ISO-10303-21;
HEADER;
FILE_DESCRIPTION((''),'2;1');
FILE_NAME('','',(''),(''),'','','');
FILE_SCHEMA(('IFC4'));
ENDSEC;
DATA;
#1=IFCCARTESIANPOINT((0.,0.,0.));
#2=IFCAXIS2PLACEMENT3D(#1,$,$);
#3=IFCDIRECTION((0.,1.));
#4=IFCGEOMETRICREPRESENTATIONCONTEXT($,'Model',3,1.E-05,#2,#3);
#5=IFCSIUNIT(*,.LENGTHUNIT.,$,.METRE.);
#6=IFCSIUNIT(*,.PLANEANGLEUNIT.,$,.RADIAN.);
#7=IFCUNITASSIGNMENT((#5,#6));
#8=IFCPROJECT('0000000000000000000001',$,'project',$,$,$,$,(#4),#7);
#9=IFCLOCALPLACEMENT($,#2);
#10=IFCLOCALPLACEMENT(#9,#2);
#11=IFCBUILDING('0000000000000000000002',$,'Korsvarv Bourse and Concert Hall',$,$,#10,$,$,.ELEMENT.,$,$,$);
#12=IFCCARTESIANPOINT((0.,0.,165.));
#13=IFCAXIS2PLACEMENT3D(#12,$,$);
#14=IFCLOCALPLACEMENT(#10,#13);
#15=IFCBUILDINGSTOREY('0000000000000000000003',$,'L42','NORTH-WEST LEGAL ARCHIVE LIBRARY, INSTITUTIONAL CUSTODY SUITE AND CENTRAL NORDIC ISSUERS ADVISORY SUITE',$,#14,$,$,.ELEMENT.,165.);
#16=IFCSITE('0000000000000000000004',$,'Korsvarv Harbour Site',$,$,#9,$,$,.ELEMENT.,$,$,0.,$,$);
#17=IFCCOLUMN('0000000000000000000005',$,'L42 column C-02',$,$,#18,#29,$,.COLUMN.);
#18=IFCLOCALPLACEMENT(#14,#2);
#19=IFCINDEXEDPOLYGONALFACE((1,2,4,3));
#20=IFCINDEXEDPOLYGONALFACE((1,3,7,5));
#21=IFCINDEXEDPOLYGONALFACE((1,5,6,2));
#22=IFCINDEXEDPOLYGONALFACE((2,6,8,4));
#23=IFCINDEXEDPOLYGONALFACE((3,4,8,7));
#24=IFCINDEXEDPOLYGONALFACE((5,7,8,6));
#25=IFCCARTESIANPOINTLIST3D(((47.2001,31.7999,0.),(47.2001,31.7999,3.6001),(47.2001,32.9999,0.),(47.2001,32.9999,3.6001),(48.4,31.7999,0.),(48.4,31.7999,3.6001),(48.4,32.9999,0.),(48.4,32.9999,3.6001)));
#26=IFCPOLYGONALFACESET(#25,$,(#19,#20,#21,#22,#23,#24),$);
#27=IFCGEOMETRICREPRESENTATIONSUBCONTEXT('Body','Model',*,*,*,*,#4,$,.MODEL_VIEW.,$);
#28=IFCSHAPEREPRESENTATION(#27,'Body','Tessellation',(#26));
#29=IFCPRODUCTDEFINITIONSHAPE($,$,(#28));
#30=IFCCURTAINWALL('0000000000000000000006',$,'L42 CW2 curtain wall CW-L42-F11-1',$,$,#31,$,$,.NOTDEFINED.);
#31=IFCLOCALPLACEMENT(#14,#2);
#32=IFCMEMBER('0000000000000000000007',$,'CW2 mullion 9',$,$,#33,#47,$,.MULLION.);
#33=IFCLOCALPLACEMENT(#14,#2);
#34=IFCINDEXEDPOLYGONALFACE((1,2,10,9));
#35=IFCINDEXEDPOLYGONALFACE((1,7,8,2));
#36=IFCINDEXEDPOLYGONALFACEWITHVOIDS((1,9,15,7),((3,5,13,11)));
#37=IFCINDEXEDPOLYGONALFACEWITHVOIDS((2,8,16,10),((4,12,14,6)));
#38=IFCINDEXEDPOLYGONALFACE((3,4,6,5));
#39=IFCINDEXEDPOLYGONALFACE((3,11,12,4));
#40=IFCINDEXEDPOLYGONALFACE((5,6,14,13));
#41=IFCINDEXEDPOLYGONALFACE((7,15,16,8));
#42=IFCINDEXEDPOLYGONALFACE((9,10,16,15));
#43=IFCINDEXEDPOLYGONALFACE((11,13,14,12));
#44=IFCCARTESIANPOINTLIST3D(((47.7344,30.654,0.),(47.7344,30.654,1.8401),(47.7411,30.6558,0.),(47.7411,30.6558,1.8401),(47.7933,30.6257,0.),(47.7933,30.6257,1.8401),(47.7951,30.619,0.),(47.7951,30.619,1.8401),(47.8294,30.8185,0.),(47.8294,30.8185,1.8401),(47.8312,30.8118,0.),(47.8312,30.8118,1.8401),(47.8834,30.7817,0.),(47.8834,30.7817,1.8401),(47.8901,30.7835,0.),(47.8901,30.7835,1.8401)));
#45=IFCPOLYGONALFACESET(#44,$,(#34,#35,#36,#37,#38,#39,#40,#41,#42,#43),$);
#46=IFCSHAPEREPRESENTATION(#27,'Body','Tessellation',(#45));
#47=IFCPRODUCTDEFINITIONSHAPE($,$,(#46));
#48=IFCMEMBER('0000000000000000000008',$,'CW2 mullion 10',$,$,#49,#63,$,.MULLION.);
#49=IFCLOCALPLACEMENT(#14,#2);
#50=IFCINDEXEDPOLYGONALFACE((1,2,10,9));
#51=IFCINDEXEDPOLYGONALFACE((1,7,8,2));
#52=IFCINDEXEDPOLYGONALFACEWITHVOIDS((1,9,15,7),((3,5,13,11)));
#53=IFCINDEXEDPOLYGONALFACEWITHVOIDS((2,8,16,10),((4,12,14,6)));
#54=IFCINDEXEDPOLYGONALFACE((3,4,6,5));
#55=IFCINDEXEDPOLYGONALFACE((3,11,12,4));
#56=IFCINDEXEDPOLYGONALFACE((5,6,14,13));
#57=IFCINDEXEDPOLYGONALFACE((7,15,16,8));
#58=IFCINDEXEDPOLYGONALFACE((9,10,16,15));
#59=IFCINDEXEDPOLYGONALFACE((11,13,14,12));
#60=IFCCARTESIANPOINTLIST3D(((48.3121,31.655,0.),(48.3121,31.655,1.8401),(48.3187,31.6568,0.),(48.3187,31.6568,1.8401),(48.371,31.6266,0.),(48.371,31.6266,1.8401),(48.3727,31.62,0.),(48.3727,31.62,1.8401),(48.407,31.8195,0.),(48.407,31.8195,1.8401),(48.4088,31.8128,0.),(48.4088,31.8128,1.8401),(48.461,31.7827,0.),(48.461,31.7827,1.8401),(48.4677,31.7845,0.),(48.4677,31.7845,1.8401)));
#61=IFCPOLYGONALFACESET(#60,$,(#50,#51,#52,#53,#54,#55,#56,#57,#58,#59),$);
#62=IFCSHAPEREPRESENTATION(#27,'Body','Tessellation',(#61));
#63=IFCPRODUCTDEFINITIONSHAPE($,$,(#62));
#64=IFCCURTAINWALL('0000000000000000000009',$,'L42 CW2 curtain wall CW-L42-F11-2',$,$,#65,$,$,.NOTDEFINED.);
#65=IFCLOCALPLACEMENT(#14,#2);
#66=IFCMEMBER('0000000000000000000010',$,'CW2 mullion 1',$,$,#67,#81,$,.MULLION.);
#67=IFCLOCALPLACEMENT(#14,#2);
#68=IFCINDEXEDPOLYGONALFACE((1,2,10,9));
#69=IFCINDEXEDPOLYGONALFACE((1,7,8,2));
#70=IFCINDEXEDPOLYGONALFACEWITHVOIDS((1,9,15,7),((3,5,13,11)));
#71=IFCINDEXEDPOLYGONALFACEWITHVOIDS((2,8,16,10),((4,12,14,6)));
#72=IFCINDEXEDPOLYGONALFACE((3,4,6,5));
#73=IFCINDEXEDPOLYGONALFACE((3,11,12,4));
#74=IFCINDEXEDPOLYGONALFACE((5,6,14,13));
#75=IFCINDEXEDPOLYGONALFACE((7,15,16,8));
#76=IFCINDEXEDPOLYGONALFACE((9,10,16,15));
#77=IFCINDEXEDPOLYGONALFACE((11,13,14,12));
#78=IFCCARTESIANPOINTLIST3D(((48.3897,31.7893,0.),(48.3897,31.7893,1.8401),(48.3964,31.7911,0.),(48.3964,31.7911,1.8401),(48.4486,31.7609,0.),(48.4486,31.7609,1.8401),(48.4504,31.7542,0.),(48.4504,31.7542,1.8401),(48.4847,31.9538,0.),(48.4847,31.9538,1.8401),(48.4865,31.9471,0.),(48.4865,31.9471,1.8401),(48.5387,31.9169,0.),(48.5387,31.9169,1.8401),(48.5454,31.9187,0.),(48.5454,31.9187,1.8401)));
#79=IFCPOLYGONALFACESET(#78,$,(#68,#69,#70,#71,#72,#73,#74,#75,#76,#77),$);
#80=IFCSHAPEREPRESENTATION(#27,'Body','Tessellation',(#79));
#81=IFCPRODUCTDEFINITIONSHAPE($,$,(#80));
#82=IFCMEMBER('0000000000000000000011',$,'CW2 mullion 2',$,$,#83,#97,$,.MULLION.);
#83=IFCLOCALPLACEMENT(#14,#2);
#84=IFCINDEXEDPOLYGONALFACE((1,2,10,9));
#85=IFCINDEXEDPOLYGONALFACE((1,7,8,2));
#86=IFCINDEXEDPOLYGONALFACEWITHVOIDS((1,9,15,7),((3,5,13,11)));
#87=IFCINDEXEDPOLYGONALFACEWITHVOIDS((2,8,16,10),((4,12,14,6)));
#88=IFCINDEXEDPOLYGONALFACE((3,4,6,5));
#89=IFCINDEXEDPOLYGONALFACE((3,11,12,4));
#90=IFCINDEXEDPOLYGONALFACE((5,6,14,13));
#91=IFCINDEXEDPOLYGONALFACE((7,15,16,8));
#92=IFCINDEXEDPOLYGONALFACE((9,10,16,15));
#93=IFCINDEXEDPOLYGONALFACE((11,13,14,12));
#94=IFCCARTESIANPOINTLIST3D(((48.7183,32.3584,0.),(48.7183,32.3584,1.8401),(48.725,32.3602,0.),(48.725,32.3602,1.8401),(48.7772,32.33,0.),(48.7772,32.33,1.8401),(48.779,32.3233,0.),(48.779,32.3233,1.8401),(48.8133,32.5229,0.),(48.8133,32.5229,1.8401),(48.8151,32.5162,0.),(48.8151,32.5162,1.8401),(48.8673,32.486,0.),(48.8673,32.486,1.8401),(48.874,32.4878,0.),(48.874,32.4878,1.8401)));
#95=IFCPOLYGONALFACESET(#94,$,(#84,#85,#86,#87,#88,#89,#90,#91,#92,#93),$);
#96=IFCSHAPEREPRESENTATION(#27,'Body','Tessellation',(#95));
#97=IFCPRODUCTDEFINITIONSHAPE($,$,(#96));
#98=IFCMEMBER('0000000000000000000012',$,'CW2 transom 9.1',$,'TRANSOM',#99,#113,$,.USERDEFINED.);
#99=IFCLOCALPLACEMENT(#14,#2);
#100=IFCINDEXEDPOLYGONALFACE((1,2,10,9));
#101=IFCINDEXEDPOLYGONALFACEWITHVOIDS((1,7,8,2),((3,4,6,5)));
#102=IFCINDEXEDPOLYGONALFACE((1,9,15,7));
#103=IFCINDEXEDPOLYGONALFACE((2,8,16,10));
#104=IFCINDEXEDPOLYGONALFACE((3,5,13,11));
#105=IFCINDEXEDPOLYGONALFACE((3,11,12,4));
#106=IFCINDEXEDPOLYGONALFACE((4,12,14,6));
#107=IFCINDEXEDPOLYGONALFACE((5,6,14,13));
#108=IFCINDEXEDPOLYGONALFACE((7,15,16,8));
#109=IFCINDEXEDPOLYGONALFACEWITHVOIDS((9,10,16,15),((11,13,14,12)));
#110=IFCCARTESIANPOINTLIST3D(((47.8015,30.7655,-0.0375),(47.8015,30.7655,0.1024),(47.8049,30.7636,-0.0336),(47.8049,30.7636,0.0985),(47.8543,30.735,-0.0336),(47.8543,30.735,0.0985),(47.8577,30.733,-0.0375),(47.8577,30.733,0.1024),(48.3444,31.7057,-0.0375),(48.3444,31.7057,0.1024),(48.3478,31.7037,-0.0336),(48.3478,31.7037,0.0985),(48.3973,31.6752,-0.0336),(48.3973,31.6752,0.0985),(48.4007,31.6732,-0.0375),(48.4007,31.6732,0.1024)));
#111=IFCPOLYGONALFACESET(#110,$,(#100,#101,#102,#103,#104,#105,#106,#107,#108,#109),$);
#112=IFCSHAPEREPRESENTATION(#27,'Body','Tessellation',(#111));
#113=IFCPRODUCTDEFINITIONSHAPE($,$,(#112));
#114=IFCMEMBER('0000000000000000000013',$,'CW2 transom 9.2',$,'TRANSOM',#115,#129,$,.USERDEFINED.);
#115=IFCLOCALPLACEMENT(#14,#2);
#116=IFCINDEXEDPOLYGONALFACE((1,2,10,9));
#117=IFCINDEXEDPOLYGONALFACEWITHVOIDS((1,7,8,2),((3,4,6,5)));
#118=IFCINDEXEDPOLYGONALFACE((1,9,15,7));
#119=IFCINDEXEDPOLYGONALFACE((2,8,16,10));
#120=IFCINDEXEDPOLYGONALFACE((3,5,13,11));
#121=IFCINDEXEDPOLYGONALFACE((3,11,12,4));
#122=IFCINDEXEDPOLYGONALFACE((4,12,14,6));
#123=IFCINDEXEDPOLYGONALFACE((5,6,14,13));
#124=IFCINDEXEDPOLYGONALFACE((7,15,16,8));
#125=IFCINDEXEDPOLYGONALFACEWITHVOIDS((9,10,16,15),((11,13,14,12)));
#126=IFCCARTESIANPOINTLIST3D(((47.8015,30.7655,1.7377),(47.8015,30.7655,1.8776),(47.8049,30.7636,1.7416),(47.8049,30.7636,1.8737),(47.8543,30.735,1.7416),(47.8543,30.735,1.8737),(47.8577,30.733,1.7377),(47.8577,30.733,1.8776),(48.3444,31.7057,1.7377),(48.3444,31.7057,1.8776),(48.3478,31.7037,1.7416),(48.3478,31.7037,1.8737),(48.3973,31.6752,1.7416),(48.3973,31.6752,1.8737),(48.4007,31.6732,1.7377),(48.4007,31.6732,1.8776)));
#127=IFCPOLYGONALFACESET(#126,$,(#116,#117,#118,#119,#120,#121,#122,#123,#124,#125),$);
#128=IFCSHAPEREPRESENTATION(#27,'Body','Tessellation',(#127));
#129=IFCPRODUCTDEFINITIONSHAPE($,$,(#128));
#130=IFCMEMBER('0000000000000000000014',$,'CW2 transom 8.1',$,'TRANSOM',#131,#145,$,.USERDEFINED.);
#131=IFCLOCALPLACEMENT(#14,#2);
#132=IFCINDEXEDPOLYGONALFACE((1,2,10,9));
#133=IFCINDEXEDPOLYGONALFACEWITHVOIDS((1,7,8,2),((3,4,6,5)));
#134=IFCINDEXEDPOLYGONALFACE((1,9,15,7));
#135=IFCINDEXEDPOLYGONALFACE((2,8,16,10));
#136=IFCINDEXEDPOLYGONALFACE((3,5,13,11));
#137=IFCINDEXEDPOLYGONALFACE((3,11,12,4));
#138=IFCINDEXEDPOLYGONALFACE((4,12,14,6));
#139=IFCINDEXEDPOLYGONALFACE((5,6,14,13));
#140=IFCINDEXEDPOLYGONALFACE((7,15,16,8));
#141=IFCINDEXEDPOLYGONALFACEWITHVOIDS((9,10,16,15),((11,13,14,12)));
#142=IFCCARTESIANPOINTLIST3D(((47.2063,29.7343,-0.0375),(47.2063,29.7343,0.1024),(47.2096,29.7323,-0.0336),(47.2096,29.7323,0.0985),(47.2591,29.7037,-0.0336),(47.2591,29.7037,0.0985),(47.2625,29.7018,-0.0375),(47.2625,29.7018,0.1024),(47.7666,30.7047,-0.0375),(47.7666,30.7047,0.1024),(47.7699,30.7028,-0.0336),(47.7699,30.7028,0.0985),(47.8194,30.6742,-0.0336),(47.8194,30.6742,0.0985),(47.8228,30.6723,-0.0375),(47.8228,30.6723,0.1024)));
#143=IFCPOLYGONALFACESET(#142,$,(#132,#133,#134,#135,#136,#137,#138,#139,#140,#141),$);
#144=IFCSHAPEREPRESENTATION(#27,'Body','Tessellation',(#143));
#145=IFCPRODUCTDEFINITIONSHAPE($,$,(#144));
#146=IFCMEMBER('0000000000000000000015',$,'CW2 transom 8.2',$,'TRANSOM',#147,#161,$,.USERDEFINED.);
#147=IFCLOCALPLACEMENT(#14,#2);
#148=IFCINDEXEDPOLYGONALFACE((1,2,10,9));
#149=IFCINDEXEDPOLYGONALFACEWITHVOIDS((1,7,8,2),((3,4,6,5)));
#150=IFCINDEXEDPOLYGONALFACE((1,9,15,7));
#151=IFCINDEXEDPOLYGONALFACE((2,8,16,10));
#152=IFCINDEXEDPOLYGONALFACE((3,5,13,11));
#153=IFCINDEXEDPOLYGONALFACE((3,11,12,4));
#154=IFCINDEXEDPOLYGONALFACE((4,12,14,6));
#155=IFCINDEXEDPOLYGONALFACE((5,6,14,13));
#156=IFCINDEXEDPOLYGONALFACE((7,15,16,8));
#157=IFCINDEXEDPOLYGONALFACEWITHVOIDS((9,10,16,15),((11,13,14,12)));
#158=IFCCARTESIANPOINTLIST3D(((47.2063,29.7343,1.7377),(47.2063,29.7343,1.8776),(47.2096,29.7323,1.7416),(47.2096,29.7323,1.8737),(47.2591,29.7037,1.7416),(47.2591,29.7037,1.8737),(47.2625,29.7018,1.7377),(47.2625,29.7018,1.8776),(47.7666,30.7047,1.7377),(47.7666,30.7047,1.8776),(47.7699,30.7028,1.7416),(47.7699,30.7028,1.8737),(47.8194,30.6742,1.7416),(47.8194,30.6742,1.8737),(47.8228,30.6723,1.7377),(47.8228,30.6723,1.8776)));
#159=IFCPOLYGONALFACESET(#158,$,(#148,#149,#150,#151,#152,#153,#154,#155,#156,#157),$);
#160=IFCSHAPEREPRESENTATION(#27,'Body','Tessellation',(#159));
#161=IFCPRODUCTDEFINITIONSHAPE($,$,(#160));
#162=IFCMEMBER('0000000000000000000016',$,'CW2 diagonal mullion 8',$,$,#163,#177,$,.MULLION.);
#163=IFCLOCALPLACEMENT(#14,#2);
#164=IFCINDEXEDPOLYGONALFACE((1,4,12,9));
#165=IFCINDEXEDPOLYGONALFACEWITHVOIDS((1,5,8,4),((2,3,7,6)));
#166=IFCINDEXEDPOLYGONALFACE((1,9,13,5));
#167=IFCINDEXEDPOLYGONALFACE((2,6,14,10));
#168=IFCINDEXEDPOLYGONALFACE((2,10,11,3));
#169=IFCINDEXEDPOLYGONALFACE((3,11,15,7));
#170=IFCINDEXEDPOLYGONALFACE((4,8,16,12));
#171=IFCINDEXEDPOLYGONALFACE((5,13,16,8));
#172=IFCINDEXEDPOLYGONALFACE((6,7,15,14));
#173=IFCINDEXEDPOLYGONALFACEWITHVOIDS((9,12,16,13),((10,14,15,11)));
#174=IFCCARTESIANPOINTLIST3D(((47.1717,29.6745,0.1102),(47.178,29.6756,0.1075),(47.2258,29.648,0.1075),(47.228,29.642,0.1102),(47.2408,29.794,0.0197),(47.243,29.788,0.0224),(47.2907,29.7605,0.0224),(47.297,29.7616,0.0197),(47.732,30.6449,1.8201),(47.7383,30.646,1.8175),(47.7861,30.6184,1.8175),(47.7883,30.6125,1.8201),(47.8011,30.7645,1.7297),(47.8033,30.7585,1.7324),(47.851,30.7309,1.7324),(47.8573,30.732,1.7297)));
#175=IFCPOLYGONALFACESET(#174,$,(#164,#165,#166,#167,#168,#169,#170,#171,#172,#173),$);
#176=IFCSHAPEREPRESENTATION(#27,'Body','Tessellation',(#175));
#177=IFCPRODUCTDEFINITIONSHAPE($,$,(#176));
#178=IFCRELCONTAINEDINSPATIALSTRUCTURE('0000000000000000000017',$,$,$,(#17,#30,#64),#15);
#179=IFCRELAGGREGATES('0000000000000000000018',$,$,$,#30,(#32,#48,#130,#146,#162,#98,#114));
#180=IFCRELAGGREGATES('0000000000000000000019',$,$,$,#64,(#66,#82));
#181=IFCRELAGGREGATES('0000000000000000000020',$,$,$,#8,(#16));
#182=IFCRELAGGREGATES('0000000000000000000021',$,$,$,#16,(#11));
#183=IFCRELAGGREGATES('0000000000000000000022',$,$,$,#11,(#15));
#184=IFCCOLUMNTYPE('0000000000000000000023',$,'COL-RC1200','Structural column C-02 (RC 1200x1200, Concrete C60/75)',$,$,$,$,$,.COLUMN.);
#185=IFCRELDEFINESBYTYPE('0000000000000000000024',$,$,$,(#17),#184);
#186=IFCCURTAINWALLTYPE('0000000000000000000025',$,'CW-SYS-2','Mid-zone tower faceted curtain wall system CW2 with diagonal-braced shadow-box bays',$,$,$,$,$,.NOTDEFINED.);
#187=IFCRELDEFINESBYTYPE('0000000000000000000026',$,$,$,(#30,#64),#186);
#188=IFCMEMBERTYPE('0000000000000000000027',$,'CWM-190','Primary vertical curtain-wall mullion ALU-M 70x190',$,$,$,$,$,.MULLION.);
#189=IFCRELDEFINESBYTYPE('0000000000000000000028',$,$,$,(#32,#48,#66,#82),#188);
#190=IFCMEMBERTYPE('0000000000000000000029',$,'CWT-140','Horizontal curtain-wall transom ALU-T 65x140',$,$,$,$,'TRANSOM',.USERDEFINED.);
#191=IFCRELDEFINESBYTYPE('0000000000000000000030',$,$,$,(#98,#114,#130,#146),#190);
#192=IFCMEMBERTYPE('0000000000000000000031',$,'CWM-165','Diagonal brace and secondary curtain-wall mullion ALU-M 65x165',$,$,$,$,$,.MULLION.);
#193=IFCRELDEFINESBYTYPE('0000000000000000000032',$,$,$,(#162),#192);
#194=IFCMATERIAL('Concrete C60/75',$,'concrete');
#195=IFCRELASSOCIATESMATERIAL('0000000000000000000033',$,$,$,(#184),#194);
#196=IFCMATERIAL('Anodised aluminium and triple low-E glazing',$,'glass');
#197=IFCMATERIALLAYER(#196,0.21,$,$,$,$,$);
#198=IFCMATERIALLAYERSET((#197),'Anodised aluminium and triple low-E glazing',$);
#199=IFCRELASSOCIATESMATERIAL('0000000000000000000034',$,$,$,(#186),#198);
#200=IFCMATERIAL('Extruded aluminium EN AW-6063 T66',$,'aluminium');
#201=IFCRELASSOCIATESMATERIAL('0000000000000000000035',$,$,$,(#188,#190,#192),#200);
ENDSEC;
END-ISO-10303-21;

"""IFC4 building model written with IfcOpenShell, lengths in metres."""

from ifc_helpers import new_model, si_unit, direction, frame, origin, origin_2d, place, context, subcontext, project, spatial, rectangle, hollow_rectangle, extrude, source, transform, mapped, material, layer, layer_set, material_profile, profile_set, type_object, element, aggregate, save


model = new_model("IFC4")

# Units and contexts
model_context = context("Model", 3, precision=1e-05, world=origin(), true_north=direction((0.0, 1.0)))
body_context = subcontext(model_context, "Body", "Model", "MODEL_VIEW")
ifc_project = project(units=[si_unit("LENGTHUNIT", "METRE"), si_unit("PLANEANGLEUNIT", "RADIAN")], contexts=[model_context])

# Site, building, storey
site_placement = place(None, origin())
site = spatial("IfcSite", under=ifc_project, at=site_placement, Name="Korsvarv Harbour Site", CompositionType="ELEMENT", RefElevation=0.0)
building_placement = place(site_placement, origin())
building = spatial("IfcBuilding", under=site, at=building_placement, Name="Korsvarv Bourse and Concert Hall", CompositionType="ELEMENT")
storey_placement = place(building_placement, frame((0.0, 0.0, 165.0)))
storey = spatial("IfcBuildingStorey", under=building, at=storey_placement, Name="L42", Description="NORTH-WEST LEGAL ARCHIVE LIBRARY, INSTITUTIONAL CUSTODY SUITE AND CENTRAL NORDIC ISSUERS ADVISORY SUITE", CompositionType="ELEMENT", Elevation=165.0)

# Column
ifc_material_1 = material(Name="Concrete C60/75", Category="concrete")
ifc_material_profile_1 = material_profile(ifc_material_1, rectangle(XDim=1.2, YDim=1.2, at=origin_2d()), Name="RC 1200x1200")
ifc_profile_set_1 = profile_set([ifc_material_profile_1], Name="Concrete C60/75")
column_type = type_object("IfcColumnType", Name="COL-RC1200", Description="Structural column C-02 (RC 1200x1200, Concrete C60/75)", PredefinedType="COLUMN", material=ifc_profile_set_1)
shared_shape_1 = source(origin(), body_context, "Body", "SweptSolid", [
    extrude(rectangle(XDim=1.2, YDim=1.2, at=origin_2d()), origin(), (0.0, 0.0, 1.0), 3.6001),
])
column_placement = place(storey_placement, frame((47.8, 32.3999, 0.0), z_axis=(0.0, 0.0, 1.0), x_axis=(1.0, 0.0, 0.0)))
element("IfcColumn", 1, at=column_placement, inside=storey, type_object=column_type, Name="L42 column C-02", PredefinedType="COLUMN", context=body_context, shape_type="MappedRepresentation", body=[
    mapped(shared_shape_1, transform((0.0, 0.0, 0.0), scale=1.0)),
])

# Curtain walls, members
ifc_material_2 = material(Name="Anodised aluminium and triple low-E glazing", Category="glass")
ifc_layer_1 = layer(ifc_material_2, 0.21)
ifc_layer_set_1 = layer_set([ifc_layer_1], Name="Anodised aluminium and triple low-E glazing")
curtain_wall_type = type_object("IfcCurtainWallType", Name="CW-SYS-2", Description="Mid-zone tower faceted curtain wall system CW2 with diagonal-braced shadow-box bays", PredefinedType="NOTDEFINED", material=ifc_layer_set_1)
curtain_wall_1_placement = place(storey_placement, origin())
curtain_wall_1 = element("IfcCurtainWall", 2, at=curtain_wall_1_placement, inside=storey, type_object=curtain_wall_type, Name="L42 CW2 curtain wall CW-L42-F11-1", PredefinedType="NOTDEFINED")
ifc_material_3 = material(Name="Extruded aluminium EN AW-6063 T66", Category="aluminium")
ifc_material_profile_2 = material_profile(ifc_material_3, hollow_rectangle(XDim=0.0701, YDim=0.1899, WallThickness=0.0049, at=origin_2d()), Name="ALU-M 70x190")
ifc_profile_set_2 = profile_set([ifc_material_profile_2], Name="Extruded aluminium EN AW-6063 T66")
member_type_1 = type_object("IfcMemberType", Name="CWM-190", Description="Primary vertical curtain-wall mullion ALU-M 70x190", PredefinedType="MULLION", material=ifc_profile_set_2)
shared_shape_2 = source(origin(), body_context, "Body", "SweptSolid", [
    extrude(hollow_rectangle(XDim=0.0701, YDim=0.1899, WallThickness=0.0049, at=origin_2d()), origin(), (0.0, 0.0, 1.0), 1.8401),
])
member_1_placement = place(storey_placement, frame((47.8123, 30.7188, 0.0), z_axis=(0.0, 0.0, 1.0), x_axis=(-0.866026, 0.499998, 0.0)))
member_1 = element("IfcMember", 3, at=member_1_placement, type_object=member_type_1, Name="CW2 mullion 9", PredefinedType="MULLION", context=body_context, shape_type="MappedRepresentation", body=[
    mapped(shared_shape_2, transform((0.0, 0.0, 0.0), scale=1.0)),
])
member_2_placement = place(storey_placement, frame((48.3899, 31.7197, 0.0), z_axis=(0.0, 0.0, 1.0), x_axis=(-0.866026, 0.499998, 0.0)))
member_2 = element("IfcMember", 4, at=member_2_placement, type_object=member_type_1, Name="CW2 mullion 10", PredefinedType="MULLION", context=body_context, shape_type="MappedRepresentation", body=[
    mapped(shared_shape_2, transform((0.0, 0.0, 0.0), scale=1.0)),
])
curtain_wall_2_placement = place(storey_placement, origin())
curtain_wall_2 = element("IfcCurtainWall", 5, at=curtain_wall_2_placement, inside=storey, type_object=curtain_wall_type, Name="L42 CW2 curtain wall CW-L42-F11-2", PredefinedType="NOTDEFINED")
member_3_placement = place(storey_placement, frame((48.4675, 31.854, 0.0), z_axis=(0.0, 0.0, 1.0), x_axis=(-0.866008, 0.500031, 0.0)))
member_3 = element("IfcMember", 6, at=member_3_placement, type_object=member_type_1, Name="CW2 mullion 1", PredefinedType="MULLION", context=body_context, shape_type="MappedRepresentation", body=[
    mapped(shared_shape_2, transform((0.0, 0.0, 0.0), scale=1.0)),
])
member_4_placement = place(storey_placement, frame((48.7961, 32.4231, 0.0), z_axis=(0.0, 0.0, 1.0), x_axis=(-0.866008, 0.500031, 0.0)))
member_4 = element("IfcMember", 7, at=member_4_placement, type_object=member_type_1, Name="CW2 mullion 2", PredefinedType="MULLION", context=body_context, shape_type="MappedRepresentation", body=[
    mapped(shared_shape_2, transform((0.0, 0.0, 0.0), scale=1.0)),
])

# Members
ifc_material_profile_3 = material_profile(ifc_material_3, hollow_rectangle(XDim=0.0649, YDim=0.1399, WallThickness=0.0039, at=origin_2d()), Name="ALU-T 65x140")
ifc_profile_set_3 = profile_set([ifc_material_profile_3], Name="Extruded aluminium EN AW-6063 T66")
member_type_2 = type_object("IfcMemberType", Name="CWT-140", Description="Horizontal curtain-wall transom ALU-T 65x140", ElementType="TRANSOM", PredefinedType="USERDEFINED", material=ifc_profile_set_3)
shared_shape_3 = source(origin(), body_context, "Body", "SweptSolid", [
    extrude(hollow_rectangle(XDim=0.0649, YDim=0.1399, WallThickness=0.0039, at=origin_2d()), origin(), (0.0, 0.0, 1.0), 1.0857),
])
member_5_placement = place(storey_placement, frame((47.8296, 30.7493, 0.0325), z_axis=(0.500105, 0.865965, 0.0), x_axis=(-0.865965, 0.500105, 0.0)))
member_5 = element("IfcMember", 8, at=member_5_placement, type_object=member_type_2, Name="CW2 transom 9.1", ObjectType="TRANSOM", PredefinedType="USERDEFINED", context=body_context, shape_type="MappedRepresentation", body=[
    mapped(shared_shape_3, transform((0.0, 0.0, 0.0), scale=1.0)),
])
member_6_placement = place(storey_placement, frame((47.8296, 30.7493, 1.8076), z_axis=(0.500105, 0.865965, 0.0), x_axis=(-0.865965, 0.500105, 0.0)))
member_6 = element("IfcMember", 9, at=member_6_placement, type_object=member_type_2, Name="CW2 transom 9.2", ObjectType="TRANSOM", PredefinedType="USERDEFINED", context=body_context, shape_type="MappedRepresentation", body=[
    mapped(shared_shape_3, transform((0.0, 0.0, 0.0), scale=1.0)),
])
shared_shape_4 = source(origin(), body_context, "Body", "SweptSolid", [
    extrude(hollow_rectangle(XDim=0.0649, YDim=0.1399, WallThickness=0.0039, at=origin_2d()), origin(), (0.0, 0.0, 1.0), 1.1206),
])
member_7_placement = place(storey_placement, frame((47.2344, 29.718, 0.0325), z_axis=(0.500005, 0.866022, 0.0), x_axis=(-0.866022, 0.500005, 0.0)))
member_7 = element("IfcMember", 10, at=member_7_placement, type_object=member_type_2, Name="CW2 transom 8.1", ObjectType="TRANSOM", PredefinedType="USERDEFINED", context=body_context, shape_type="MappedRepresentation", body=[
    mapped(shared_shape_4, transform((0.0, 0.0, 0.0), scale=1.0)),
])
member_8_placement = place(storey_placement, frame((47.2344, 29.718, 1.8076), z_axis=(0.500005, 0.866022, 0.0), x_axis=(-0.866022, 0.500005, 0.0)))
member_8 = element("IfcMember", 11, at=member_8_placement, type_object=member_type_2, Name="CW2 transom 8.2", ObjectType="TRANSOM", PredefinedType="USERDEFINED", context=body_context, shape_type="MappedRepresentation", body=[
    mapped(shared_shape_4, transform((0.0, 0.0, 0.0), scale=1.0)),
])
ifc_material_profile_4 = material_profile(ifc_material_3, hollow_rectangle(XDim=0.0649, YDim=0.165, WallThickness=0.0049, at=origin_2d()), Name="ALU-M 65x165")
ifc_profile_set_4 = profile_set([ifc_material_profile_4], Name="Extruded aluminium EN AW-6063 T66")
member_type_3 = type_object("IfcMemberType", Name="CWM-165", Description="Diagonal brace and secondary curtain-wall mullion ALU-M 65x165", PredefinedType="MULLION", material=ifc_profile_set_4)
shared_shape_5 = source(origin(), body_context, "Body", "SweptSolid", [
    extrude(hollow_rectangle(XDim=0.0649, YDim=0.165, WallThickness=0.0049, at=origin_2d()), origin(), (0.0, 0.0, 1.0), 2.0444),
])
member_9_placement = place(storey_placement, frame((47.2344, 29.718, 0.0649), z_axis=(0.274063, 0.474684, 0.8364), x_axis=(-0.866022, 0.500005, 0.0)))
member_9 = element("IfcMember", 12, at=member_9_placement, type_object=member_type_3, Name="CW2 diagonal mullion 8", PredefinedType="MULLION", context=body_context, shape_type="MappedRepresentation", body=[
    mapped(shared_shape_5, transform((0.0, 0.0, 0.0), scale=1.0)),
])

aggregate(curtain_wall_1, [member_1, member_2, member_7, member_8, member_9, member_5, member_6])
aggregate(curtain_wall_2, [member_3, member_4])

save(model, "model.ifc")
